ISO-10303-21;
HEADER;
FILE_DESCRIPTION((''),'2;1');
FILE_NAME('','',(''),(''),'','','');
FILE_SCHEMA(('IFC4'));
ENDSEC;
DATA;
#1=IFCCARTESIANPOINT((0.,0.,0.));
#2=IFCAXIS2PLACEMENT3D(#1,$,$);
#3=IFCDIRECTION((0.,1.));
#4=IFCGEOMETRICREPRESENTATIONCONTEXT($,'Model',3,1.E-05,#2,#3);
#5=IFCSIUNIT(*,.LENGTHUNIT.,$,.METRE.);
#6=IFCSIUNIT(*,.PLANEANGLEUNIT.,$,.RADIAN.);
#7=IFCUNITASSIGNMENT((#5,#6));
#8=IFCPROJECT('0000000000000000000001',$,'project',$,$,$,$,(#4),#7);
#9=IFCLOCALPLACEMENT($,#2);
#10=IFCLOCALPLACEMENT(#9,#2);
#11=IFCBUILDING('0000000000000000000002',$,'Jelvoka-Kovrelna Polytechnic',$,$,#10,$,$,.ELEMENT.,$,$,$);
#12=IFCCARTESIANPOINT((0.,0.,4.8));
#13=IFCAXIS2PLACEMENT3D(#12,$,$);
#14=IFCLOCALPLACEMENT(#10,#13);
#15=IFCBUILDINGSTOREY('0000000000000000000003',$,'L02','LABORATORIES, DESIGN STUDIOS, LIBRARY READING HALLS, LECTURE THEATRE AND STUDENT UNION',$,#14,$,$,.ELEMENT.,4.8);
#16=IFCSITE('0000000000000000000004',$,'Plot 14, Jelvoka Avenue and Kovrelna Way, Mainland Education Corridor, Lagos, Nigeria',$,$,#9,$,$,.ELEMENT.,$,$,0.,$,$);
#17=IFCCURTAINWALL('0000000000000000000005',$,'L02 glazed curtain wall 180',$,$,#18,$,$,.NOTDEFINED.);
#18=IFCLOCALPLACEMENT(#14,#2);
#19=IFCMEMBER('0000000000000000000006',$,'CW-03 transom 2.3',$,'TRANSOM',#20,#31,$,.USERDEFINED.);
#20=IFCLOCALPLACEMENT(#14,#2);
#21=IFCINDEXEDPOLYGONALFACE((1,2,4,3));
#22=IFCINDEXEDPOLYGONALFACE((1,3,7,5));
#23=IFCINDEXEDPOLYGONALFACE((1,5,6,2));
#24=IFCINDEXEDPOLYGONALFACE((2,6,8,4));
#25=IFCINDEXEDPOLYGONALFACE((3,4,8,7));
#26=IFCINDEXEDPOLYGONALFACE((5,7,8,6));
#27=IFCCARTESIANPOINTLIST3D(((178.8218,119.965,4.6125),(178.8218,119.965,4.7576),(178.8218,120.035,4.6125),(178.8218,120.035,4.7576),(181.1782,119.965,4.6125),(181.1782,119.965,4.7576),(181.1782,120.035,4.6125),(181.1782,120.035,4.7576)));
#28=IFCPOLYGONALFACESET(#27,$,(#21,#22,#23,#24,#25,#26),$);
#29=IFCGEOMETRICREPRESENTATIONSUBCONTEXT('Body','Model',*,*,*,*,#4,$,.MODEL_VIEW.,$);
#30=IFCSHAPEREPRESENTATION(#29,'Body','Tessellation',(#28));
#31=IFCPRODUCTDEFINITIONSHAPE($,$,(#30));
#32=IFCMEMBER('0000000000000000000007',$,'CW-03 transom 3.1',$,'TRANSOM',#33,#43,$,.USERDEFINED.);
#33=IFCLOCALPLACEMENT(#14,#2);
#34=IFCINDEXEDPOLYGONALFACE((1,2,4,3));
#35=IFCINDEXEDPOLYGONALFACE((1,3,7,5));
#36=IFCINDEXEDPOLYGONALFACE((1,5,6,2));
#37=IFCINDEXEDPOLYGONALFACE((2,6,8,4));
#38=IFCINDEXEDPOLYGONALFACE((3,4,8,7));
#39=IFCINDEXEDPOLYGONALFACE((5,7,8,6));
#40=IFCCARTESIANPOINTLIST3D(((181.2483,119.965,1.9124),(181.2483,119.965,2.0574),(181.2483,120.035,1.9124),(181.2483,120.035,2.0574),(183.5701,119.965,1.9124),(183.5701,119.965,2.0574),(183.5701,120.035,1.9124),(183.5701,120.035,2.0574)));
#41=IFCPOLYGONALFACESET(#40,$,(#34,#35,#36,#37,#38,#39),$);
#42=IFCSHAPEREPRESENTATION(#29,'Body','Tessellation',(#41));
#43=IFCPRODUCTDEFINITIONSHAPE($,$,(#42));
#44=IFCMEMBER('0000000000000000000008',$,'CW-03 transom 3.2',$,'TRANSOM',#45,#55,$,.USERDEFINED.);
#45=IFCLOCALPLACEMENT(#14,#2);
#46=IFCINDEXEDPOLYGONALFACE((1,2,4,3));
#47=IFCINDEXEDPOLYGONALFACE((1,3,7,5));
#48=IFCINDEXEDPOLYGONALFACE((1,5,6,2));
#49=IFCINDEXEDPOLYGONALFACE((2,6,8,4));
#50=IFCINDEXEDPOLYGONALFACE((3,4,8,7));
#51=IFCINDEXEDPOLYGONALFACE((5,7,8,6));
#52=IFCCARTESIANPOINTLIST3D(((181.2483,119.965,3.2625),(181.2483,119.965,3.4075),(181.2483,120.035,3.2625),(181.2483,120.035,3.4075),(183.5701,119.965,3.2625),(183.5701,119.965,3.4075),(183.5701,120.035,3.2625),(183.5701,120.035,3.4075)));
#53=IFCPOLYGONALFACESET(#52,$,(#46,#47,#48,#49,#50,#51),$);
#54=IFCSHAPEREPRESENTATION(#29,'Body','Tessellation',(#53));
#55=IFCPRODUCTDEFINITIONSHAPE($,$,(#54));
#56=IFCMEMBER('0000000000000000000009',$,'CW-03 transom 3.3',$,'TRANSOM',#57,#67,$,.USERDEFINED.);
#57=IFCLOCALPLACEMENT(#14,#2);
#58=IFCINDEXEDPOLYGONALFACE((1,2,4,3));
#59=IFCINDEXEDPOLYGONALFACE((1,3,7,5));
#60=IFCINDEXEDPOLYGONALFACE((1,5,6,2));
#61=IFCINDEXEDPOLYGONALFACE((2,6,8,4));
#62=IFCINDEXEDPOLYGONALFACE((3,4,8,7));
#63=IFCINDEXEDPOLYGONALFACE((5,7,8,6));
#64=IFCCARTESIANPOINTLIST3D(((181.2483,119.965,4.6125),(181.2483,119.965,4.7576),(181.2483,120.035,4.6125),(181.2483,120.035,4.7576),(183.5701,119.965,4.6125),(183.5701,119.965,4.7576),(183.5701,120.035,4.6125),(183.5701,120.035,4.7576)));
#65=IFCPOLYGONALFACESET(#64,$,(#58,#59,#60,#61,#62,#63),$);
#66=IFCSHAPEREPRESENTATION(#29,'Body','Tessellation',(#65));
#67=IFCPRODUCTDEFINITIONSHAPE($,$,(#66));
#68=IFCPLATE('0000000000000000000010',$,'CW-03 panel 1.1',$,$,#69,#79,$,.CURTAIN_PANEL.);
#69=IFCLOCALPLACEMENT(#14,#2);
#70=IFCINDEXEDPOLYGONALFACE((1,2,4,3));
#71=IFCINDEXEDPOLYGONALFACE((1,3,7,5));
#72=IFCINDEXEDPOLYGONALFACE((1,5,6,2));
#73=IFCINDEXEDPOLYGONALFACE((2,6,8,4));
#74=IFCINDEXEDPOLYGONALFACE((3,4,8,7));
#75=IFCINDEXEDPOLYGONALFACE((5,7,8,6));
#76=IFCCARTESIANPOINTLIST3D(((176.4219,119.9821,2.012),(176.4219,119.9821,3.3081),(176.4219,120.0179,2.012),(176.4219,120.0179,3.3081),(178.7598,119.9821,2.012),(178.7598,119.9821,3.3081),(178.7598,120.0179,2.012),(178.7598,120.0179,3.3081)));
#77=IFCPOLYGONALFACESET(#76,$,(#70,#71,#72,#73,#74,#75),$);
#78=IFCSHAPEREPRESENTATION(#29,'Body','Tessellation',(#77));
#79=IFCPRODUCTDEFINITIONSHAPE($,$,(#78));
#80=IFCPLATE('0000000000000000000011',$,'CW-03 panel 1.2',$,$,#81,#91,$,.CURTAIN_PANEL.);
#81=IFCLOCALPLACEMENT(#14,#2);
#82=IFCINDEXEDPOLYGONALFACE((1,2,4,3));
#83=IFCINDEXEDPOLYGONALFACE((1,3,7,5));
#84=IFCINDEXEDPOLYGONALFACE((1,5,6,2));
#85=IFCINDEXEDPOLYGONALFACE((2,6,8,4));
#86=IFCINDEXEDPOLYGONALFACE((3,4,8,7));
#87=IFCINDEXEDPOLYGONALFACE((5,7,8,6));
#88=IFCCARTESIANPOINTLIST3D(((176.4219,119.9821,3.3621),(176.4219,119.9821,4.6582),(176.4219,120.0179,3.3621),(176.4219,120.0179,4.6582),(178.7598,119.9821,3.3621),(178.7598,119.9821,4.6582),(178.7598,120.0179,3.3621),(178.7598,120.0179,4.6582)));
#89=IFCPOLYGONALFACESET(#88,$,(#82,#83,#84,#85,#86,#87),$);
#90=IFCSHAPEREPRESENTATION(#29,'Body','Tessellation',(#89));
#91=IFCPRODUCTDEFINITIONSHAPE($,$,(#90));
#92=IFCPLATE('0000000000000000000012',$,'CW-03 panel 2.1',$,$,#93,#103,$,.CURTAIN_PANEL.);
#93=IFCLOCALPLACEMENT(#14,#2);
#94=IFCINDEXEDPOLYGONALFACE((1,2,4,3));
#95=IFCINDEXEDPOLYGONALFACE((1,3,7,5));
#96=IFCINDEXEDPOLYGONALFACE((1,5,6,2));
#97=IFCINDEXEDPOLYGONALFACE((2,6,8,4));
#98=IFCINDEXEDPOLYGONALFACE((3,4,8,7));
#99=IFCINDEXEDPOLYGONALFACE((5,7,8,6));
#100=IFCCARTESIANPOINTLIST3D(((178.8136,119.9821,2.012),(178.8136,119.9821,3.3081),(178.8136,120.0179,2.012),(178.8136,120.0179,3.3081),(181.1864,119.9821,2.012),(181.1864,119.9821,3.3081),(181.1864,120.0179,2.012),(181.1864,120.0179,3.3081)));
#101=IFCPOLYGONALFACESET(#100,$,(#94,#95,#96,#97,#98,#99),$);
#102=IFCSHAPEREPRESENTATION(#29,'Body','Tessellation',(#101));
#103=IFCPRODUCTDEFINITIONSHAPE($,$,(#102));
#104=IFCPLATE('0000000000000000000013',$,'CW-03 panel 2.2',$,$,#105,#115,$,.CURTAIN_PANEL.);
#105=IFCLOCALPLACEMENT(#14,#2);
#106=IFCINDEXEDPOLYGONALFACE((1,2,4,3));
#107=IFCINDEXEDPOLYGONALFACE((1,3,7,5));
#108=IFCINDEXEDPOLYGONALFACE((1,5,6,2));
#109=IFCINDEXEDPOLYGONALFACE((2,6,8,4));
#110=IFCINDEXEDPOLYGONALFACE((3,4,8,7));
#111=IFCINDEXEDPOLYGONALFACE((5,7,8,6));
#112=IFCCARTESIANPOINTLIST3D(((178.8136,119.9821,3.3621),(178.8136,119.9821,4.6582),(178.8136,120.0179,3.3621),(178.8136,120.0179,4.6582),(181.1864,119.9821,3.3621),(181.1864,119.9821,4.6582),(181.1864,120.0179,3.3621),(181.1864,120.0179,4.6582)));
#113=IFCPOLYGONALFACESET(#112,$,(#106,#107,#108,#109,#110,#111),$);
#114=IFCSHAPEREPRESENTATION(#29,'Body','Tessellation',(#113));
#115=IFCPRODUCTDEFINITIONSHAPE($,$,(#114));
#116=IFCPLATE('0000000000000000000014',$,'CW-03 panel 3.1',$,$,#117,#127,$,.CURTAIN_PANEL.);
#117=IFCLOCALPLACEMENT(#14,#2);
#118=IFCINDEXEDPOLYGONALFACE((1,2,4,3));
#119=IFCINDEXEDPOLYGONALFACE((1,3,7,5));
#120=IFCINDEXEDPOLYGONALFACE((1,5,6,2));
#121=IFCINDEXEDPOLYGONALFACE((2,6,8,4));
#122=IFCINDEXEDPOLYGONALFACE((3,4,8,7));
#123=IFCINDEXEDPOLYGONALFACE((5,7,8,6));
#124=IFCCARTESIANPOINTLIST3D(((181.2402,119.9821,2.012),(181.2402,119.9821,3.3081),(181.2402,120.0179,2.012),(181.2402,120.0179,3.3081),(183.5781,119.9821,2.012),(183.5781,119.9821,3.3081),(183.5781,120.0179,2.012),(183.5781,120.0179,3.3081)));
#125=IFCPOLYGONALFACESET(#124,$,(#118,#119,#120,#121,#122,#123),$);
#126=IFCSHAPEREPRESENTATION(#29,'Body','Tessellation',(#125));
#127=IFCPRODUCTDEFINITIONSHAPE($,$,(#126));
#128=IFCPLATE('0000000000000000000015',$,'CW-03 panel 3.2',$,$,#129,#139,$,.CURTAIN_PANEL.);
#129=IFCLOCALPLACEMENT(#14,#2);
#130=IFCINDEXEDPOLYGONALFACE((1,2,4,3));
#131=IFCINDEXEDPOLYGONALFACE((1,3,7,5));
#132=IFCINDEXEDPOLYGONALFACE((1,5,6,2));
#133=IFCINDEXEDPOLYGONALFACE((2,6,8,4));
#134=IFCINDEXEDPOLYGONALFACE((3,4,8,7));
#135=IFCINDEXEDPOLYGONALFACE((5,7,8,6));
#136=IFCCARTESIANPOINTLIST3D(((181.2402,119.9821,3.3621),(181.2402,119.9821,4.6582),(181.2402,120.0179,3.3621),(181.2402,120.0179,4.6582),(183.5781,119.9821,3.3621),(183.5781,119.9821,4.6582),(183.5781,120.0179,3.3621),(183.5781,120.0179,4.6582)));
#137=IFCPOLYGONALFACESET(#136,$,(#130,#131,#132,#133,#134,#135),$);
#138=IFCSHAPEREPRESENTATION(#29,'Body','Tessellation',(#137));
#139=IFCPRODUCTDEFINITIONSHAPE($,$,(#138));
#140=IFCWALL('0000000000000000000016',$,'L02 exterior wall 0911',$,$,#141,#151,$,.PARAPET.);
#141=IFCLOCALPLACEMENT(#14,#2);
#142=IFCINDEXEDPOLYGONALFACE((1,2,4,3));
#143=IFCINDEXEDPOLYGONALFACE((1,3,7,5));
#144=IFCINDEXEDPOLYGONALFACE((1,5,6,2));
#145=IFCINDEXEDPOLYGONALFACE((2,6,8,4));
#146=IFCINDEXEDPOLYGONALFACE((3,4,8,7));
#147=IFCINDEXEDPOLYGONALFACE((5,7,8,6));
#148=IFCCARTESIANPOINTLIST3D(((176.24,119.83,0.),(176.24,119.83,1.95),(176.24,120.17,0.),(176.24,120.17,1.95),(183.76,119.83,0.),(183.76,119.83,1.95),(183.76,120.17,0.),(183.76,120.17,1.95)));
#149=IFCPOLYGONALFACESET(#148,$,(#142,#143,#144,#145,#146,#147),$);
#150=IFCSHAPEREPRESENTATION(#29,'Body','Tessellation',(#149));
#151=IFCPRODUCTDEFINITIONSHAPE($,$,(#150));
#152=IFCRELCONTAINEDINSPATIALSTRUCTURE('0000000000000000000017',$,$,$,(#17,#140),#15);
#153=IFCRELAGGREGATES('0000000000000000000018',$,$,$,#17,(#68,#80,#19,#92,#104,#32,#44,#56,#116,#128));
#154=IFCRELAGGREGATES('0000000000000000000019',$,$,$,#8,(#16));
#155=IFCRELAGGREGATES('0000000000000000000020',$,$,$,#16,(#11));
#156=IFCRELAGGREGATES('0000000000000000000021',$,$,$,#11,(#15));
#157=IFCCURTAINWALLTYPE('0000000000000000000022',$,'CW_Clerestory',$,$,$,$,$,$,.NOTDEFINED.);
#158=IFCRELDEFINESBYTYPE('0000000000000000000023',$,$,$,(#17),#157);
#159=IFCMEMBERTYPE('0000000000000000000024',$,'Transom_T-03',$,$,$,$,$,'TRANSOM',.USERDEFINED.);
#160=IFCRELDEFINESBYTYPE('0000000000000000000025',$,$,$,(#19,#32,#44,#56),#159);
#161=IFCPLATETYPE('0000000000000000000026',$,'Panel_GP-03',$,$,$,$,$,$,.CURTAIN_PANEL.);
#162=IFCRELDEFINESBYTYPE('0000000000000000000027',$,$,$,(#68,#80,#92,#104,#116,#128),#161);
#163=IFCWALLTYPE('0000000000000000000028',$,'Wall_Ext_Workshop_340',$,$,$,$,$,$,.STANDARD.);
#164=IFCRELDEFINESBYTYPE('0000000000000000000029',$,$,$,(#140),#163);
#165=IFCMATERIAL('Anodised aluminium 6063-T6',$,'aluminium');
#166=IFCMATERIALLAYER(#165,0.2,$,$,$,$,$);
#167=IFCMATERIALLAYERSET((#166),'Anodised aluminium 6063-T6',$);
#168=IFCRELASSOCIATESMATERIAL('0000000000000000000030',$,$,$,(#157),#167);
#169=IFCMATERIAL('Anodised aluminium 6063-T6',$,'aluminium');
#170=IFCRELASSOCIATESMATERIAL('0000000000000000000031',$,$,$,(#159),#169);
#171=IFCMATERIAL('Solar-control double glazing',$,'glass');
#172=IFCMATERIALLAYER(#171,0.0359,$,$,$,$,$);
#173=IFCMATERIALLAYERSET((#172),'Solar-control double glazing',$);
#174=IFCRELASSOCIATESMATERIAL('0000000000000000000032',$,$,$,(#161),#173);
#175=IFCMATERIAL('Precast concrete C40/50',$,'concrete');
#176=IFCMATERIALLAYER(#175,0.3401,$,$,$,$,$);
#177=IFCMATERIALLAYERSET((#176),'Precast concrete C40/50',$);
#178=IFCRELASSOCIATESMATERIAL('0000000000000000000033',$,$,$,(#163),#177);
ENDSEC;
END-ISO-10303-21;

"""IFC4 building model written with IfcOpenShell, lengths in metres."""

from ifc_helpers import new_model, si_unit, direction, frame, frame_2d, origin, origin_2d, place, context, subcontext, project, spatial, rectangle, extrude, material, layer, layer_set, material_profile, profile_set, type_object, element, aggregate, save


model = new_model("IFC4")

# Units and contexts
model_context = context("Model", 3, precision=1e-05, world=origin(), true_north=direction((0.0, 1.0)))
body_context = subcontext(model_context, "Body", "Model", "MODEL_VIEW")
ifc_project = project(units=[si_unit("LENGTHUNIT", "METRE"), si_unit("PLANEANGLEUNIT", "RADIAN")], contexts=[model_context])

# Site, building, storey
site_placement = place(None, origin())
site = spatial("IfcSite", under=ifc_project, at=site_placement, Name="Plot 14, Jelvoka Avenue and Kovrelna Way, Mainland Education Corridor, Lagos, Nigeria", CompositionType="ELEMENT", RefElevation=0.0)
building_placement = place(site_placement, origin())
building = spatial("IfcBuilding", under=site, at=building_placement, Name="Jelvoka-Kovrelna Polytechnic", CompositionType="ELEMENT")
storey_placement = place(building_placement, frame((0.0, 0.0, 4.8)))
storey = spatial("IfcBuildingStorey", under=building, at=storey_placement, Name="L02", Description="LABORATORIES, DESIGN STUDIOS, LIBRARY READING HALLS, LECTURE THEATRE AND STUDENT UNION", CompositionType="ELEMENT", Elevation=4.8)

# Curtain wall, members, plates
ifc_material_1 = material(Name="Anodised aluminium 6063-T6", Category="aluminium")
ifc_layer_1 = layer(ifc_material_1, 0.2)
ifc_layer_set_1 = layer_set([ifc_layer_1], Name="Anodised aluminium 6063-T6")
curtain_wall_type = type_object("IfcCurtainWallType", Name="CW_Clerestory", PredefinedType="NOTDEFINED", material=ifc_layer_set_1)
curtain_wall_placement = place(storey_placement, origin())
curtain_wall = element("IfcCurtainWall", 1, at=curtain_wall_placement, inside=storey, type_object=curtain_wall_type, Name="L02 glazed curtain wall 180", PredefinedType="NOTDEFINED")
ifc_material_2 = material(Name="Anodised aluminium 6063-T6", Category="aluminium")
ifc_material_profile_1 = material_profile(ifc_material_2, rectangle(XDim=0.0701, YDim=0.145, at=origin_2d()), Name="ALU 70x145")
ifc_profile_set_1 = profile_set([ifc_material_profile_1], Name="Anodised aluminium 6063-T6")
member_type_1 = type_object("IfcMemberType", Name="Transom_T-03", ElementType="TRANSOM", PredefinedType="USERDEFINED", material=ifc_profile_set_1)
member_1_placement = place(storey_placement, frame((178.8218, 120.0, 4.6851), z_axis=(1.0, 0.0, 0.0), x_axis=(0.0, 1.0, 0.0)))
member_1 = element("IfcMember", 2, at=member_1_placement, type_object=member_type_1, Name="CW-03 transom 2.3", ObjectType="TRANSOM", PredefinedType="USERDEFINED", context=body_context, shape_type="SweptSolid", body=[
    extrude(rectangle(XDim=0.0701, YDim=0.145, at=origin_2d()), origin(), (0.0, 0.0, 1.0), 2.3564),
])
member_2_placement = place(storey_placement, frame((181.2483, 120.0, 1.9849), z_axis=(1.0, 0.0, 0.0), x_axis=(0.0, 1.0, 0.0)))
member_2 = element("IfcMember", 3, at=member_2_placement, type_object=member_type_1, Name="CW-03 transom 3.1", ObjectType="TRANSOM", PredefinedType="USERDEFINED", context=body_context, shape_type="SweptSolid", body=[
    extrude(rectangle(XDim=0.0701, YDim=0.145, at=origin_2d()), origin(), (0.0, 0.0, 1.0), 2.3218),
])
member_3_placement = place(storey_placement, frame((181.2483, 120.0, 3.335), z_axis=(1.0, 0.0, 0.0), x_axis=(0.0, 1.0, 0.0)))
member_3 = element("IfcMember", 4, at=member_3_placement, type_object=member_type_1, Name="CW-03 transom 3.2", ObjectType="TRANSOM", PredefinedType="USERDEFINED", context=body_context, shape_type="SweptSolid", body=[
    extrude(rectangle(XDim=0.0701, YDim=0.145, at=origin_2d()), origin(), (0.0, 0.0, 1.0), 2.3218),
])
member_4_placement = place(storey_placement, frame((181.2483, 120.0, 4.6851), z_axis=(1.0, 0.0, 0.0), x_axis=(0.0, 1.0, 0.0)))
member_4 = element("IfcMember", 5, at=member_4_placement, type_object=member_type_1, Name="CW-03 transom 3.3", ObjectType="TRANSOM", PredefinedType="USERDEFINED", context=body_context, shape_type="SweptSolid", body=[
    extrude(rectangle(XDim=0.0701, YDim=0.145, at=origin_2d()), origin(), (0.0, 0.0, 1.0), 2.3218),
])
ifc_material_3 = material(Name="Solar-control double glazing", Category="glass")
ifc_layer_2 = layer(ifc_material_3, 0.0359)
ifc_layer_set_2 = layer_set([ifc_layer_2], Name="Solar-control double glazing")
plate_type = type_object("IfcPlateType", Name="Panel_GP-03", PredefinedType="CURTAIN_PANEL", material=ifc_layer_set_2)
plate_1_placement = place(storey_placement, frame((177.5908, 120.0, 2.012), z_axis=(0.0, 0.0, 1.0), x_axis=(1.0, 0.0, 0.0)))
plate_1 = element("IfcPlate", 6, at=plate_1_placement, type_object=plate_type, Name="CW-03 panel 1.1", PredefinedType="CURTAIN_PANEL", context=body_context, shape_type="SweptSolid", body=[
    extrude(rectangle(XDim=2.3379, YDim=0.0359, at=origin_2d()), origin(), (0.0, 0.0, 1.0), 1.2961),
])
plate_2_placement = place(storey_placement, frame((177.5908, 120.0, 3.3621), z_axis=(0.0, 0.0, 1.0), x_axis=(1.0, 0.0, 0.0)))
plate_2 = element("IfcPlate", 7, at=plate_2_placement, type_object=plate_type, Name="CW-03 panel 1.2", PredefinedType="CURTAIN_PANEL", context=body_context, shape_type="SweptSolid", body=[
    extrude(rectangle(XDim=2.3379, YDim=0.0359, at=origin_2d()), origin(), (0.0, 0.0, 1.0), 1.2961),
])
plate_3_placement = place(storey_placement, frame((180.0, 120.0, 2.012), z_axis=(0.0, 0.0, 1.0), x_axis=(1.0, 0.0, 0.0)))
plate_3 = element("IfcPlate", 8, at=plate_3_placement, type_object=plate_type, Name="CW-03 panel 2.1", PredefinedType="CURTAIN_PANEL", context=body_context, shape_type="SweptSolid", body=[
    extrude(rectangle(XDim=2.3728, YDim=0.0359, at=origin_2d()), origin(), (0.0, 0.0, 1.0), 1.2961),
])
plate_4_placement = place(storey_placement, frame((180.0, 120.0, 3.3621), z_axis=(0.0, 0.0, 1.0), x_axis=(1.0, 0.0, 0.0)))
plate_4 = element("IfcPlate", 9, at=plate_4_placement, type_object=plate_type, Name="CW-03 panel 2.2", PredefinedType="CURTAIN_PANEL", context=body_context, shape_type="SweptSolid", body=[
    extrude(rectangle(XDim=2.3728, YDim=0.0359, at=origin_2d()), origin(), (0.0, 0.0, 1.0), 1.2961),
])
plate_5_placement = place(storey_placement, frame((182.4092, 120.0, 2.012), z_axis=(0.0, 0.0, 1.0), x_axis=(1.0, 0.0, 0.0)))
plate_5 = element("IfcPlate", 10, at=plate_5_placement, type_object=plate_type, Name="CW-03 panel 3.1", PredefinedType="CURTAIN_PANEL", context=body_context, shape_type="SweptSolid", body=[
    extrude(rectangle(XDim=2.3379, YDim=0.0359, at=origin_2d()), origin(), (0.0, 0.0, 1.0), 1.2961),
])
plate_6_placement = place(storey_placement, frame((182.4092, 120.0, 3.3621), z_axis=(0.0, 0.0, 1.0), x_axis=(1.0, 0.0, 0.0)))
plate_6 = element("IfcPlate", 11, at=plate_6_placement, type_object=plate_type, Name="CW-03 panel 3.2", PredefinedType="CURTAIN_PANEL", context=body_context, shape_type="SweptSolid", body=[
    extrude(rectangle(XDim=2.3379, YDim=0.0359, at=origin_2d()), origin(), (0.0, 0.0, 1.0), 1.2961),
])
aggregate(curtain_wall, [plate_1, plate_2, member_1, plate_3, plate_4, member_2, member_3, member_4, plate_5, plate_6])

# Wall
ifc_material_4 = material(Name="Precast concrete C40/50", Category="concrete")
ifc_layer_3 = layer(ifc_material_4, 0.3401)
ifc_layer_set_3 = layer_set([ifc_layer_3], Name="Precast concrete C40/50")
wall_type = type_object("IfcWallType", Name="Wall_Ext_Workshop_340", PredefinedType="STANDARD", material=ifc_layer_set_3)
wall_placement = place(storey_placement, frame((176.24, 120.0, 0.0), z_axis=(0.0, 0.0, 1.0), x_axis=(1.0, 0.0, 0.0)))
element("IfcWall", 12, at=wall_placement, inside=storey, type_object=wall_type, Name="L02 exterior wall 0911", PredefinedType="PARAPET", context=body_context, shape_type="SweptSolid", body=[
    extrude(rectangle(XDim=7.52, YDim=0.3401, at=frame_2d((3.76, 0.0))), origin(), (0.0, 0.0, 1.0), 1.95),
])

save(model, "model.ifc")
